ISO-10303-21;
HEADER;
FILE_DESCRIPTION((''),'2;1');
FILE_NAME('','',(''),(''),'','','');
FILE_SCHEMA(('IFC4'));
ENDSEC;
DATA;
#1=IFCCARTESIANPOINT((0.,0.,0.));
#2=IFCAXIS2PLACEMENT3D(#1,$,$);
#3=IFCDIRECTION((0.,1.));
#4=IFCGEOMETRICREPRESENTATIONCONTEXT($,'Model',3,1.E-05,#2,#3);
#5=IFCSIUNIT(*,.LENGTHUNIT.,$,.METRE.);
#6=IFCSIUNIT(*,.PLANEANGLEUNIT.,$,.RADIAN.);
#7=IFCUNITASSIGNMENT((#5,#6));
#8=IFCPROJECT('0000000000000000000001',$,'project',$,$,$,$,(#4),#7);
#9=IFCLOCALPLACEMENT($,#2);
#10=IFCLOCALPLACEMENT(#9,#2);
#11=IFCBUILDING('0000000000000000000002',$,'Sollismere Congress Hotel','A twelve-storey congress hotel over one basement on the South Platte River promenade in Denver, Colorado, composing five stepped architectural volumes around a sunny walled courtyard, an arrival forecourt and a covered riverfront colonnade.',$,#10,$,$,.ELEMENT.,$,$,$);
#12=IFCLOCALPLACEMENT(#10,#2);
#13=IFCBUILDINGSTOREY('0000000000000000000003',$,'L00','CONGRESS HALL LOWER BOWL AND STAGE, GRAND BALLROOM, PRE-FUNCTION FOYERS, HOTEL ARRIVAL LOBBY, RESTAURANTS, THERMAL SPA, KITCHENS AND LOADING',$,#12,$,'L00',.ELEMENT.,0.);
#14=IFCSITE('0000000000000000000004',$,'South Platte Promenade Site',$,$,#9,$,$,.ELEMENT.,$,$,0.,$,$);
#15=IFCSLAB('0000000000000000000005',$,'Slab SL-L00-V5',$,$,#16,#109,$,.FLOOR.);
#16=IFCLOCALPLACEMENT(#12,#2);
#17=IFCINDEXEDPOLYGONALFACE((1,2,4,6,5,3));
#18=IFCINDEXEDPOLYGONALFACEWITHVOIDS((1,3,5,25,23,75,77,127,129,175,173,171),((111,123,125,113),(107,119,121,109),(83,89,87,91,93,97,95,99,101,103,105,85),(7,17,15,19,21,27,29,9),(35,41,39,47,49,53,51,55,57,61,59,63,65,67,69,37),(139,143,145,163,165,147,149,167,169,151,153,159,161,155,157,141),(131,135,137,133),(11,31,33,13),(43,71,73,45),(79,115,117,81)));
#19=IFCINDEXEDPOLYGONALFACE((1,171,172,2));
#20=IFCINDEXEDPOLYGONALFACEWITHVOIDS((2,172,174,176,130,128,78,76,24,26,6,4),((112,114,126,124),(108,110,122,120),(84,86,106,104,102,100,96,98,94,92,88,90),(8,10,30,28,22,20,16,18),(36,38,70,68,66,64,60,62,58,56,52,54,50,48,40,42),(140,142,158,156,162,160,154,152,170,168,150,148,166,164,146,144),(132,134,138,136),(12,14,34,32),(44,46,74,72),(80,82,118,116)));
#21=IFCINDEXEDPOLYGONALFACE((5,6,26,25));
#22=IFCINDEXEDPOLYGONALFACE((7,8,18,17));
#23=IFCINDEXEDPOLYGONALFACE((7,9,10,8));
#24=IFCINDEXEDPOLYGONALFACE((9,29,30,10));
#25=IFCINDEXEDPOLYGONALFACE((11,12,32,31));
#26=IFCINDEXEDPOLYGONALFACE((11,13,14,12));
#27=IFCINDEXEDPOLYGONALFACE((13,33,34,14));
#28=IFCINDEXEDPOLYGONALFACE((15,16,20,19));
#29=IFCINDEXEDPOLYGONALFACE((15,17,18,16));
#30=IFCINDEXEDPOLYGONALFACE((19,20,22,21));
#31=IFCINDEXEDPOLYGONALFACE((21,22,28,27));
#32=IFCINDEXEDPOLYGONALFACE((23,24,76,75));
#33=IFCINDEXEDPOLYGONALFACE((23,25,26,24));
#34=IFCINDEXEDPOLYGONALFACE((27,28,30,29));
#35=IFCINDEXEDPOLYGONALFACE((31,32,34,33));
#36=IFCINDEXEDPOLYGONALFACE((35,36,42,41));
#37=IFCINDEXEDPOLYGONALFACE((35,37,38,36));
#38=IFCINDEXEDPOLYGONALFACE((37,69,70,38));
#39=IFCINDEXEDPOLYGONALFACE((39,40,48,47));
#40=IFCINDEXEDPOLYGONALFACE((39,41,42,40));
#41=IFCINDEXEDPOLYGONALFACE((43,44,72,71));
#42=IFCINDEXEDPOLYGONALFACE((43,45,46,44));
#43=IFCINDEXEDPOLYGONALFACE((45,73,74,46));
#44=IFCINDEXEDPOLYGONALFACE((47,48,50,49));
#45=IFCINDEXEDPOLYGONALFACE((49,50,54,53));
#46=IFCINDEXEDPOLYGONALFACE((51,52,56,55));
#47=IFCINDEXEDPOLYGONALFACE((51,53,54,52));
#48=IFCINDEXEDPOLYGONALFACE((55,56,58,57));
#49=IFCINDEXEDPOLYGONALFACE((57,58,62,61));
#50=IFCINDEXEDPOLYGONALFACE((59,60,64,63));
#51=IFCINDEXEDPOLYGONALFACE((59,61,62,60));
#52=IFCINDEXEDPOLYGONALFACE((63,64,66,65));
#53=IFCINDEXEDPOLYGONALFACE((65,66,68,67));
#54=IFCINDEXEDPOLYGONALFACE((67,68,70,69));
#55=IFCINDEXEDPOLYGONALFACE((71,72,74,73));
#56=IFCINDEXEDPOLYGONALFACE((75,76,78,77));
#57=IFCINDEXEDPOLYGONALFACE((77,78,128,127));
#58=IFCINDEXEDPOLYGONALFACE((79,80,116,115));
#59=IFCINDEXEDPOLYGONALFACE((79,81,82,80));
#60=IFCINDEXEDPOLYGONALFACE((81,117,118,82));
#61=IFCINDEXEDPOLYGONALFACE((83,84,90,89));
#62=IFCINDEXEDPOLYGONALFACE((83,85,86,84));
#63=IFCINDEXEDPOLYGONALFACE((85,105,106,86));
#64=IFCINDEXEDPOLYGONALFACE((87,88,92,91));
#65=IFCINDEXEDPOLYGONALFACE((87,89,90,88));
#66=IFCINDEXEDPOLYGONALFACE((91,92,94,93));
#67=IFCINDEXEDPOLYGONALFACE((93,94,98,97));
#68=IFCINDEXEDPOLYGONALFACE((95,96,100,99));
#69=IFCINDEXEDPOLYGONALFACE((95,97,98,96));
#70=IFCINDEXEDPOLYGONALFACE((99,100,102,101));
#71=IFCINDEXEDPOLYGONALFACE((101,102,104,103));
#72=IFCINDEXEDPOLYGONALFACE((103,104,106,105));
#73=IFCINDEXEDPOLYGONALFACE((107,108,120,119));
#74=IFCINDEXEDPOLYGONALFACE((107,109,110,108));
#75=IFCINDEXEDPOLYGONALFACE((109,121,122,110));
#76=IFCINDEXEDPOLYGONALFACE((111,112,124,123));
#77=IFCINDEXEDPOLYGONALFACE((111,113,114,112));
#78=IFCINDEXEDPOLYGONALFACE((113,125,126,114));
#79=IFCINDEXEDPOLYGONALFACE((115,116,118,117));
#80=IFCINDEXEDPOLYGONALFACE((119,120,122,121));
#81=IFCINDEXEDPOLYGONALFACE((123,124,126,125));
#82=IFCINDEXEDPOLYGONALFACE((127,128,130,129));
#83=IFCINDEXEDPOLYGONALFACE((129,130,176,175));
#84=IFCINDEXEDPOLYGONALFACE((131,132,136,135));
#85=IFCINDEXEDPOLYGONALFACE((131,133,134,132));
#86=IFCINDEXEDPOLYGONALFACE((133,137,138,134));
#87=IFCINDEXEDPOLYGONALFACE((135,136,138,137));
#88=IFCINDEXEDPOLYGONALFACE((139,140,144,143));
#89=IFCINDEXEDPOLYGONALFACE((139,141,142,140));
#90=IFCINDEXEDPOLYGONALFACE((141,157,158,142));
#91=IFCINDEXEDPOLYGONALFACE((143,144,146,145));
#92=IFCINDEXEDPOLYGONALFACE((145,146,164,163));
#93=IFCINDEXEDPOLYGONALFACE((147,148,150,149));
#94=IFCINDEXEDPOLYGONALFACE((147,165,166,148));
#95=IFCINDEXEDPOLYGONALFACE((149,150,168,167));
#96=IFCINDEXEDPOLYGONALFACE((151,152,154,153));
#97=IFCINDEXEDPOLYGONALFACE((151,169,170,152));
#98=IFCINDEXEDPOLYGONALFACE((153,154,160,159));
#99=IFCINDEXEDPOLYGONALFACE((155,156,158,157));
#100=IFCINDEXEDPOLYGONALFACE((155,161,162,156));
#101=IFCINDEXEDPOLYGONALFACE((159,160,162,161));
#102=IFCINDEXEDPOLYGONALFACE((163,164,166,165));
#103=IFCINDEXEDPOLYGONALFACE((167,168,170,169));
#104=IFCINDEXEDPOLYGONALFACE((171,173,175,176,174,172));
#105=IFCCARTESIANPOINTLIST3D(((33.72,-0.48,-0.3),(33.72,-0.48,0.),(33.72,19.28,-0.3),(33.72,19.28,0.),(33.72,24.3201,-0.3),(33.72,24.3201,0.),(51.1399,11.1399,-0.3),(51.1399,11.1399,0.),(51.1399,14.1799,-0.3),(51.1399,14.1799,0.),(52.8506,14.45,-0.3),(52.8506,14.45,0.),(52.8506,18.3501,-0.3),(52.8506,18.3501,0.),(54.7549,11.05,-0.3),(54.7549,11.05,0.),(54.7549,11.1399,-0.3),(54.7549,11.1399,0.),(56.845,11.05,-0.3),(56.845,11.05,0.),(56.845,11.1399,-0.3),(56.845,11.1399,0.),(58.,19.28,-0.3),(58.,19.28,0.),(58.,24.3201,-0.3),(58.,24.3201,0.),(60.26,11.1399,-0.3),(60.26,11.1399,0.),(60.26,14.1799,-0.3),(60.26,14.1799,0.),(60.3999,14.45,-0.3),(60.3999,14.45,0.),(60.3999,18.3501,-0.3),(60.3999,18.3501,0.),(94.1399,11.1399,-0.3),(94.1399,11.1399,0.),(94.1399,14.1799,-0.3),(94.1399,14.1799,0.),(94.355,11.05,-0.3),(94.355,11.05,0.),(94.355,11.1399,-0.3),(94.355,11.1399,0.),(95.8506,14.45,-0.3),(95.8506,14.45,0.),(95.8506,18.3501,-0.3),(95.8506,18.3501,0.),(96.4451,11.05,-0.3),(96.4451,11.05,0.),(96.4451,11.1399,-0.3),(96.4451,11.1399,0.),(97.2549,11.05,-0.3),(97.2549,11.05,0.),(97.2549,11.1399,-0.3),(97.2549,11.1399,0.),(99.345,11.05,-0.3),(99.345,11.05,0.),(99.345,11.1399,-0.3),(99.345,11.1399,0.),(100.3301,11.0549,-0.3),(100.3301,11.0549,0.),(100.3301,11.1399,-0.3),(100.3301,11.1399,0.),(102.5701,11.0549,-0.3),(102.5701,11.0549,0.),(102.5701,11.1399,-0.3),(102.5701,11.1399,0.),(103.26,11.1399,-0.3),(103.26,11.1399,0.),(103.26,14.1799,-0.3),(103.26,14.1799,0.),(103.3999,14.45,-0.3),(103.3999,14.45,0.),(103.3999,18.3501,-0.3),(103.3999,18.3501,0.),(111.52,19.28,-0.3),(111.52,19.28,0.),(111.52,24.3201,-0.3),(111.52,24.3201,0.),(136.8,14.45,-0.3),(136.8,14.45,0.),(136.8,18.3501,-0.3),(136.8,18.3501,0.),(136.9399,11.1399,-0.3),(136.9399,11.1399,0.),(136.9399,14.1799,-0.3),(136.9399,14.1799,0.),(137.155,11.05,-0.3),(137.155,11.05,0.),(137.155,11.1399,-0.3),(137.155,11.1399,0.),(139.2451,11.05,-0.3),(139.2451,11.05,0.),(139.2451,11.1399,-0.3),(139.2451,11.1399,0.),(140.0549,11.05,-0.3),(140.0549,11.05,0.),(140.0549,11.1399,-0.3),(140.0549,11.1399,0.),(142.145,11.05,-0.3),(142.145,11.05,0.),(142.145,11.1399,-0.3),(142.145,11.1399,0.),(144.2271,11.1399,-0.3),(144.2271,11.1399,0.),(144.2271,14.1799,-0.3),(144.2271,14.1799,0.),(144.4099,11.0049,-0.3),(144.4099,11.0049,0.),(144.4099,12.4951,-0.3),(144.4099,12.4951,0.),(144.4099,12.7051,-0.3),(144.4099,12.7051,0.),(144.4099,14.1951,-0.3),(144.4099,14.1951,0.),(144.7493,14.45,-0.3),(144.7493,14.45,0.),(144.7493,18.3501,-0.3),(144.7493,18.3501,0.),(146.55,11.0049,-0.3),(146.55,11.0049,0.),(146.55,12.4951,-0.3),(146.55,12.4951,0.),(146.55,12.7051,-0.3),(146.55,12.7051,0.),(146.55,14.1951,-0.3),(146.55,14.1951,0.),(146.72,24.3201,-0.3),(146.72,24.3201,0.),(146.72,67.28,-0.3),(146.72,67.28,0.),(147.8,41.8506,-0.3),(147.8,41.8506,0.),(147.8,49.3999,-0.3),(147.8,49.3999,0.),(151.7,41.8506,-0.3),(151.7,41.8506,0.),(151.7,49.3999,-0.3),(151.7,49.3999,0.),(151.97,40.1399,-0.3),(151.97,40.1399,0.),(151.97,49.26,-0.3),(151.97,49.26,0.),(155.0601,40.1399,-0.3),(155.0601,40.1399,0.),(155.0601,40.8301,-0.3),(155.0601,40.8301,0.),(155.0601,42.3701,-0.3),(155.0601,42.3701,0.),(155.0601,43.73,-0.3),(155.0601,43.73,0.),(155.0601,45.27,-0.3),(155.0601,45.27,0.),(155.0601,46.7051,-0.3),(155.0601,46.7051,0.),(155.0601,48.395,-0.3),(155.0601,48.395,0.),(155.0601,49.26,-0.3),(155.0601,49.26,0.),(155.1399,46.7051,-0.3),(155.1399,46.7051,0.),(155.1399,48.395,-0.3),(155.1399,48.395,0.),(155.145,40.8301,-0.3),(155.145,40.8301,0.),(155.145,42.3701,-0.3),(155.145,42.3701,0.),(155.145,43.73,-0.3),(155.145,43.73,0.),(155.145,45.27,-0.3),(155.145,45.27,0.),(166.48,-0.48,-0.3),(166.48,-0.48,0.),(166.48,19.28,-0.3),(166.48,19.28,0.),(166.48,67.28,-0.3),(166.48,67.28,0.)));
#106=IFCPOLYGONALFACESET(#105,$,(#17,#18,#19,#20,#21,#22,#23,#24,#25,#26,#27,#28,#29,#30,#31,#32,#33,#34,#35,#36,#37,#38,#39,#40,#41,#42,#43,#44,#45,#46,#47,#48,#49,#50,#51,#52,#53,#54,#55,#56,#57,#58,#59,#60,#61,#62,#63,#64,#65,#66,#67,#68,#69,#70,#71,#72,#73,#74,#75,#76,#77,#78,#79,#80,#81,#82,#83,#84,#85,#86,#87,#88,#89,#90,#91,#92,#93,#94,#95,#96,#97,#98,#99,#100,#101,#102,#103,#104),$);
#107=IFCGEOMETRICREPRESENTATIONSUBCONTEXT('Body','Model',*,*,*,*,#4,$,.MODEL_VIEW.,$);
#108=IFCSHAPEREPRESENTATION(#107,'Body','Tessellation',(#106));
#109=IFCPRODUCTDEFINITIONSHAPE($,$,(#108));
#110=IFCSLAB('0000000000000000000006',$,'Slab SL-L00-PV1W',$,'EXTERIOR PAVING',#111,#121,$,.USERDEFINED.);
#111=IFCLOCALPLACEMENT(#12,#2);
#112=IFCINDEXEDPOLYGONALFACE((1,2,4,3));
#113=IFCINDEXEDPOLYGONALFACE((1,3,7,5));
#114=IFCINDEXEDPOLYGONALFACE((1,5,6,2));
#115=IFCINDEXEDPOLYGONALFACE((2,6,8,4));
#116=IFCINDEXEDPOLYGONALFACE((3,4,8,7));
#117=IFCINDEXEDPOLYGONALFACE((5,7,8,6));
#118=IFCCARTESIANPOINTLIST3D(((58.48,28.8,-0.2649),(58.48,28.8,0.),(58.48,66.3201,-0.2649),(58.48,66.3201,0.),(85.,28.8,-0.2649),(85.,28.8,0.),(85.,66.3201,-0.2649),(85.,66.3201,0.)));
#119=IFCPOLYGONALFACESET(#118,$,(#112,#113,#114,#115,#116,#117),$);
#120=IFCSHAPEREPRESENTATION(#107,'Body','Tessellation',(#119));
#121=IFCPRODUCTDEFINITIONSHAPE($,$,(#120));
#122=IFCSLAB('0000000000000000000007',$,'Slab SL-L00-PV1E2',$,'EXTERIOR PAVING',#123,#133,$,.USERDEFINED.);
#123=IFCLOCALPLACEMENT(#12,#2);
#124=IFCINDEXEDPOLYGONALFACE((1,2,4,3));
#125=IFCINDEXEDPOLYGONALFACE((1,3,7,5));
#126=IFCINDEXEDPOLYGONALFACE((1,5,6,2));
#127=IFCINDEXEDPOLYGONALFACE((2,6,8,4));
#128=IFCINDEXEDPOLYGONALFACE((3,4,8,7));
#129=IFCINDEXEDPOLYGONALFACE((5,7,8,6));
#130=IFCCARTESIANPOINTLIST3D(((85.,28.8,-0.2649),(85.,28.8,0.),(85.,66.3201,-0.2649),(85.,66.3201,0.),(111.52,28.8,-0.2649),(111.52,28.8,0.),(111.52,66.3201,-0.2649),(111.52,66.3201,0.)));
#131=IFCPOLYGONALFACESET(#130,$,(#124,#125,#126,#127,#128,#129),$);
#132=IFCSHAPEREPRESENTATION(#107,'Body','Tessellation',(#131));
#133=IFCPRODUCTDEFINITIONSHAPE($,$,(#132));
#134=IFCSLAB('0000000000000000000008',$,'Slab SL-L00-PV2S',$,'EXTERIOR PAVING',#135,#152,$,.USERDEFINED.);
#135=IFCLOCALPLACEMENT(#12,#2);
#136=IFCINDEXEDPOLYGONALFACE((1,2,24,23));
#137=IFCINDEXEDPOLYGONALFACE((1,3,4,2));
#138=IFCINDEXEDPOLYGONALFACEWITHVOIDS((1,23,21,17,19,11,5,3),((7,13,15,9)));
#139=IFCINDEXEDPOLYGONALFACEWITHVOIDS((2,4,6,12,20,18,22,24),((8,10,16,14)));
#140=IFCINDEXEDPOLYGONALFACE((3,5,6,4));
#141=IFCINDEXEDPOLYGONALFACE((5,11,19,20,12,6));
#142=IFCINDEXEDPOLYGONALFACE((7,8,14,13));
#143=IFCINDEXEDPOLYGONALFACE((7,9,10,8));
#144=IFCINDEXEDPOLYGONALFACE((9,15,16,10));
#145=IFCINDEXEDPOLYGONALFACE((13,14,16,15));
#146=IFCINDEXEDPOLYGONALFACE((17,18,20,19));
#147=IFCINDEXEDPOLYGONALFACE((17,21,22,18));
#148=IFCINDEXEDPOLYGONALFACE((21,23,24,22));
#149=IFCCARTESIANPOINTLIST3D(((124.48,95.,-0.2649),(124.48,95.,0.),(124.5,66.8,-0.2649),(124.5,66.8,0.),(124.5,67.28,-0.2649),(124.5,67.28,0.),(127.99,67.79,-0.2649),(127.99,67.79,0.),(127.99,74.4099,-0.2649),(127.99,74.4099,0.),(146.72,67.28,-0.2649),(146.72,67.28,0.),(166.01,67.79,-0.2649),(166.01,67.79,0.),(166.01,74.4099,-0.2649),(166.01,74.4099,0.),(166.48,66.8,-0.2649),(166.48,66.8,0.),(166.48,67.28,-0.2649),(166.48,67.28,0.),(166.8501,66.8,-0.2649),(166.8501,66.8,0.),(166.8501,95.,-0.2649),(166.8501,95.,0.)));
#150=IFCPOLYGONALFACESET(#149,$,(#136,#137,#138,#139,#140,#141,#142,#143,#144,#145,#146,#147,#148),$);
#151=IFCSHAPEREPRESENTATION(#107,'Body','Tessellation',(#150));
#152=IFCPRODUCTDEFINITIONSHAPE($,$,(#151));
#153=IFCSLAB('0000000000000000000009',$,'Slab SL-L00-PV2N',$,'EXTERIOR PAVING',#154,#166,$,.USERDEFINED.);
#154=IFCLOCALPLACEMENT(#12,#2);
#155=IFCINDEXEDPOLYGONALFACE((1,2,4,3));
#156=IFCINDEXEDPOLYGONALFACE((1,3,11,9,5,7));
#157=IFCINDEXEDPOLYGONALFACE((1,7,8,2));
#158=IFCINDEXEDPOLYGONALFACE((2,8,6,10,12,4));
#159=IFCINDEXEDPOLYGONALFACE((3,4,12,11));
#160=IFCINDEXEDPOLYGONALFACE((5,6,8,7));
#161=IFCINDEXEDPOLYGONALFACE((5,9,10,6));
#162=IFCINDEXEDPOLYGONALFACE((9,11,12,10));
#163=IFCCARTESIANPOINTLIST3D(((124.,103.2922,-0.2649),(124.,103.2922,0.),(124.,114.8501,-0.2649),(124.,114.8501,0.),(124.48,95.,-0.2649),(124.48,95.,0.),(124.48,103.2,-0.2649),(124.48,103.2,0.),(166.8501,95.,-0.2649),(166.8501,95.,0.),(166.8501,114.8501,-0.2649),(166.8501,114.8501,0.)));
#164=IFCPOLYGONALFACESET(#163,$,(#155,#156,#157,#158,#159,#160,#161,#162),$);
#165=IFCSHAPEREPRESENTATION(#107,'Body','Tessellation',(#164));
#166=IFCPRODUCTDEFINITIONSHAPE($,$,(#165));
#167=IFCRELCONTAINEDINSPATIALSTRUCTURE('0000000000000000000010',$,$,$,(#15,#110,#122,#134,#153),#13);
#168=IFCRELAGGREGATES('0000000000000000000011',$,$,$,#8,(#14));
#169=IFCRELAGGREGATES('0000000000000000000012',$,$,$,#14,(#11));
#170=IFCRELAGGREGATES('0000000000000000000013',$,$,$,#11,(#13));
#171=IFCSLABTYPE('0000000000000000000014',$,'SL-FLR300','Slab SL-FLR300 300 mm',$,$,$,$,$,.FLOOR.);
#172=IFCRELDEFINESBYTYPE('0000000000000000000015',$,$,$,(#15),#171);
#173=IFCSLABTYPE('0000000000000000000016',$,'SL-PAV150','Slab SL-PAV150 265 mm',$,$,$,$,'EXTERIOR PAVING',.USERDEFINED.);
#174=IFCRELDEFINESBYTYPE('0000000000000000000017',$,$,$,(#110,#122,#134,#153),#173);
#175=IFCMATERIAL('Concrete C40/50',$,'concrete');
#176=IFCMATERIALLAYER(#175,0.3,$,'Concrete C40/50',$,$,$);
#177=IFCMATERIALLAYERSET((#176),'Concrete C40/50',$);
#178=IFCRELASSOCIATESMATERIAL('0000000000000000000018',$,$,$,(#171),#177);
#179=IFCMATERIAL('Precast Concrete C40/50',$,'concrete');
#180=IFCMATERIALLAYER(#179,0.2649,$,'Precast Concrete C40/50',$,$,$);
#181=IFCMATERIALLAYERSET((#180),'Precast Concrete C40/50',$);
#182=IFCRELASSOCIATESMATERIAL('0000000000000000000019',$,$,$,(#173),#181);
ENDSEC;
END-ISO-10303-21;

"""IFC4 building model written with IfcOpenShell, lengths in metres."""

from ifc_helpers import new_model, si_unit, direction, frame, origin, place, context, subcontext, project, spatial, polyline, outline, extrude, material, layer, layer_set, type_object, element, save


model = new_model("IFC4")

# Units and contexts
model_context = context("Model", 3, precision=1e-05, world=origin(), true_north=direction((0.0, 1.0)))
body_context = subcontext(model_context, "Body", "Model", "MODEL_VIEW")
ifc_project = project(units=[si_unit("LENGTHUNIT", "METRE"), si_unit("PLANEANGLEUNIT", "RADIAN")], contexts=[model_context])

# Site, building, storey
site_placement = place(None, origin())
site = spatial("IfcSite", under=ifc_project, at=site_placement, Name="South Platte Promenade Site", CompositionType="ELEMENT", RefElevation=0.0)
building_placement = place(site_placement, origin())
building = spatial("IfcBuilding", under=site, at=building_placement, Name="Sollismere Congress Hotel", Description="A twelve-storey congress hotel over one basement on the South Platte River promenade in Denver, Colorado, composing five stepped architectural volumes around a sunny walled courtyard, an arrival forecourt and a covered riverfront colonnade.", CompositionType="ELEMENT")
storey_placement = place(building_placement, origin())
storey = spatial("IfcBuildingStorey", under=building, at=storey_placement, Name="L00", Description="CONGRESS HALL LOWER BOWL AND STAGE, GRAND BALLROOM, PRE-FUNCTION FOYERS, HOTEL ARRIVAL LOBBY, RESTAURANTS, THERMAL SPA, KITCHENS AND LOADING", LongName="L00", CompositionType="ELEMENT", Elevation=0.0)

# Slabs
ifc_material_1 = material(Name="Concrete C40/50", Category="concrete")
ifc_layer_1 = layer(ifc_material_1, 0.3, Name="Concrete C40/50")
ifc_layer_set_1 = layer_set([ifc_layer_1], Name="Concrete C40/50")
slab_type_1 = type_object("IfcSlabType", Name="SL-FLR300", Description="Slab SL-FLR300 300 mm", PredefinedType="FLOOR", material=ifc_layer_set_1)
slab_1_placement = place(storey_placement, frame((0.0, 0.0, -0.3)))
element("IfcSlab", 1, at=slab_1_placement, inside=storey, type_object=slab_type_1, Name="Slab SL-L00-V5", PredefinedType="FLOOR", context=body_context, shape_type="SweptSolid", body=[
    extrude(outline(polyline([(166.48, -0.48), (166.48, 19.28), (166.48, 67.28), (146.72, 67.28), (146.72, 24.3201), (111.52, 24.3201), (111.52, 19.28), (58.0, 19.28), (58.0, 24.3201), (33.72, 24.3201), (33.72, 19.28), (33.72, -0.48), (166.48, -0.48)]), holes=[polyline([(54.7549, 11.05), (54.7549, 11.1399), (51.1399, 11.1399), (51.1399, 14.1799), (60.26, 14.1799), (60.26, 11.1399), (56.845, 11.1399), (56.845, 11.05), (54.7549, 11.05)]), polyline([(94.355, 11.05), (94.355, 11.1399), (94.1399, 11.1399), (94.1399, 14.1799), (103.26, 14.1799), (103.26, 11.1399), (102.5701, 11.1399), (102.5701, 11.0549), (100.3301, 11.0549), (100.3301, 11.1399), (99.345, 11.1399), (99.345, 11.05), (97.2549, 11.05), (97.2549, 11.1399), (96.4451, 11.1399), (96.4451, 11.05), (94.355, 11.05)]), polyline([(137.155, 11.05), (137.155, 11.1399), (136.9399, 11.1399), (136.9399, 14.1799), (144.2271, 14.1799), (144.2271, 11.1399), (142.145, 11.1399), (142.145, 11.05), (140.0549, 11.05), (140.0549, 11.1399), (139.2451, 11.1399), (139.2451, 11.05), (137.155, 11.05)]), polyline([(52.8506, 18.3501), (60.3999, 18.3501), (60.3999, 14.45), (52.8506, 14.45), (52.8506, 18.3501)]), polyline([(95.8506, 14.45), (95.8506, 18.3501), (103.3999, 18.3501), (103.3999, 14.45), (95.8506, 14.45)]), polyline([(146.55, 11.0049), (144.4099, 11.0049), (144.4099, 12.4951), (146.55, 12.4951), (146.55, 11.0049)]), polyline([(144.4099, 12.7051), (144.4099, 14.1951), (146.55, 14.1951), (146.55, 12.7051), (144.4099, 12.7051)]), polyline([(144.7493, 14.45), (136.8, 14.45), (136.8, 18.3501), (144.7493, 18.3501), (144.7493, 14.45)]), polyline([(155.0601, 40.8301), (155.0601, 40.1399), (151.97, 40.1399), (151.97, 49.26), (155.0601, 49.26), (155.0601, 48.395), (155.1399, 48.395), (155.1399, 46.7051), (155.0601, 46.7051), (155.0601, 45.27), (155.145, 45.27), (155.145, 43.73), (155.0601, 43.73), (155.0601, 42.3701), (155.145, 42.3701), (155.145, 40.8301), (155.0601, 40.8301)]), polyline([(147.8, 41.8506), (147.8, 49.3999), (151.7, 49.3999), (151.7, 41.8506), (147.8, 41.8506)])]), origin(), (0.0, 0.0, 1.0), 0.3),
])
ifc_material_2 = material(Name="Precast Concrete C40/50", Category="concrete")
ifc_layer_2 = layer(ifc_material_2, 0.2649, Name="Precast Concrete C40/50")
ifc_layer_set_2 = layer_set([ifc_layer_2], Name="Precast Concrete C40/50")
slab_type_2 = type_object("IfcSlabType", Name="SL-PAV150", Description="Slab SL-PAV150 265 mm", ElementType="EXTERIOR PAVING", PredefinedType="USERDEFINED", material=ifc_layer_set_2)
slab_2_placement = place(storey_placement, frame((0.0, 0.0, -0.2649)))
element("IfcSlab", 2, at=slab_2_placement, inside=storey, type_object=slab_type_2, Name="Slab SL-L00-PV1W", ObjectType="EXTERIOR PAVING", PredefinedType="USERDEFINED", context=body_context, shape_type="SweptSolid", body=[
    extrude(outline(polyline([(85.0, 66.3201), (58.48, 66.3201), (58.48, 28.8), (85.0, 28.8), (85.0, 66.3201)])), origin(), (0.0, 0.0, 1.0), 0.2649),
])
slab_3_placement = place(storey_placement, frame((0.0, 0.0, -0.2649)))
element("IfcSlab", 3, at=slab_3_placement, inside=storey, type_object=slab_type_2, Name="Slab SL-L00-PV1E2", ObjectType="EXTERIOR PAVING", PredefinedType="USERDEFINED", context=body_context, shape_type="SweptSolid", body=[
    extrude(outline(polyline([(111.52, 66.3201), (85.0, 66.3201), (85.0, 28.8), (111.52, 28.8), (111.52, 66.3201)])), origin(), (0.0, 0.0, 1.0), 0.2649),
])
slab_4_placement = place(storey_placement, frame((0.0, 0.0, -0.2649)))
element("IfcSlab", 4, at=slab_4_placement, inside=storey, type_object=slab_type_2, Name="Slab SL-L00-PV2S", ObjectType="EXTERIOR PAVING", PredefinedType="USERDEFINED", context=body_context, shape_type="SweptSolid", body=[
    extrude(outline(polyline([(166.8501, 66.8), (166.8501, 95.0), (124.48, 95.0), (124.5, 66.8), (124.5, 67.28), (146.72, 67.28), (166.48, 67.28), (166.48, 66.8), (166.8501, 66.8)]), holes=[polyline([(127.99, 74.4099), (166.01, 74.4099), (166.01, 67.79), (127.99, 67.79), (127.99, 74.4099)])]), origin(), (0.0, 0.0, 1.0), 0.2649),
])
slab_5_placement = place(storey_placement, frame((0.0, 0.0, -0.2649)))
element("IfcSlab", 5, at=slab_5_placement, inside=storey, type_object=slab_type_2, Name="Slab SL-L00-PV2N", ObjectType="EXTERIOR PAVING", PredefinedType="USERDEFINED", context=body_context, shape_type="SweptSolid", body=[
    extrude(outline(polyline([(166.8501, 114.8501), (124.0, 114.8501), (124.0, 103.2922), (124.48, 103.2), (124.48, 95.0), (166.8501, 95.0), (166.8501, 114.8501)])), origin(), (0.0, 0.0, 1.0), 0.2649),
])

save(model, "model.ifc")
